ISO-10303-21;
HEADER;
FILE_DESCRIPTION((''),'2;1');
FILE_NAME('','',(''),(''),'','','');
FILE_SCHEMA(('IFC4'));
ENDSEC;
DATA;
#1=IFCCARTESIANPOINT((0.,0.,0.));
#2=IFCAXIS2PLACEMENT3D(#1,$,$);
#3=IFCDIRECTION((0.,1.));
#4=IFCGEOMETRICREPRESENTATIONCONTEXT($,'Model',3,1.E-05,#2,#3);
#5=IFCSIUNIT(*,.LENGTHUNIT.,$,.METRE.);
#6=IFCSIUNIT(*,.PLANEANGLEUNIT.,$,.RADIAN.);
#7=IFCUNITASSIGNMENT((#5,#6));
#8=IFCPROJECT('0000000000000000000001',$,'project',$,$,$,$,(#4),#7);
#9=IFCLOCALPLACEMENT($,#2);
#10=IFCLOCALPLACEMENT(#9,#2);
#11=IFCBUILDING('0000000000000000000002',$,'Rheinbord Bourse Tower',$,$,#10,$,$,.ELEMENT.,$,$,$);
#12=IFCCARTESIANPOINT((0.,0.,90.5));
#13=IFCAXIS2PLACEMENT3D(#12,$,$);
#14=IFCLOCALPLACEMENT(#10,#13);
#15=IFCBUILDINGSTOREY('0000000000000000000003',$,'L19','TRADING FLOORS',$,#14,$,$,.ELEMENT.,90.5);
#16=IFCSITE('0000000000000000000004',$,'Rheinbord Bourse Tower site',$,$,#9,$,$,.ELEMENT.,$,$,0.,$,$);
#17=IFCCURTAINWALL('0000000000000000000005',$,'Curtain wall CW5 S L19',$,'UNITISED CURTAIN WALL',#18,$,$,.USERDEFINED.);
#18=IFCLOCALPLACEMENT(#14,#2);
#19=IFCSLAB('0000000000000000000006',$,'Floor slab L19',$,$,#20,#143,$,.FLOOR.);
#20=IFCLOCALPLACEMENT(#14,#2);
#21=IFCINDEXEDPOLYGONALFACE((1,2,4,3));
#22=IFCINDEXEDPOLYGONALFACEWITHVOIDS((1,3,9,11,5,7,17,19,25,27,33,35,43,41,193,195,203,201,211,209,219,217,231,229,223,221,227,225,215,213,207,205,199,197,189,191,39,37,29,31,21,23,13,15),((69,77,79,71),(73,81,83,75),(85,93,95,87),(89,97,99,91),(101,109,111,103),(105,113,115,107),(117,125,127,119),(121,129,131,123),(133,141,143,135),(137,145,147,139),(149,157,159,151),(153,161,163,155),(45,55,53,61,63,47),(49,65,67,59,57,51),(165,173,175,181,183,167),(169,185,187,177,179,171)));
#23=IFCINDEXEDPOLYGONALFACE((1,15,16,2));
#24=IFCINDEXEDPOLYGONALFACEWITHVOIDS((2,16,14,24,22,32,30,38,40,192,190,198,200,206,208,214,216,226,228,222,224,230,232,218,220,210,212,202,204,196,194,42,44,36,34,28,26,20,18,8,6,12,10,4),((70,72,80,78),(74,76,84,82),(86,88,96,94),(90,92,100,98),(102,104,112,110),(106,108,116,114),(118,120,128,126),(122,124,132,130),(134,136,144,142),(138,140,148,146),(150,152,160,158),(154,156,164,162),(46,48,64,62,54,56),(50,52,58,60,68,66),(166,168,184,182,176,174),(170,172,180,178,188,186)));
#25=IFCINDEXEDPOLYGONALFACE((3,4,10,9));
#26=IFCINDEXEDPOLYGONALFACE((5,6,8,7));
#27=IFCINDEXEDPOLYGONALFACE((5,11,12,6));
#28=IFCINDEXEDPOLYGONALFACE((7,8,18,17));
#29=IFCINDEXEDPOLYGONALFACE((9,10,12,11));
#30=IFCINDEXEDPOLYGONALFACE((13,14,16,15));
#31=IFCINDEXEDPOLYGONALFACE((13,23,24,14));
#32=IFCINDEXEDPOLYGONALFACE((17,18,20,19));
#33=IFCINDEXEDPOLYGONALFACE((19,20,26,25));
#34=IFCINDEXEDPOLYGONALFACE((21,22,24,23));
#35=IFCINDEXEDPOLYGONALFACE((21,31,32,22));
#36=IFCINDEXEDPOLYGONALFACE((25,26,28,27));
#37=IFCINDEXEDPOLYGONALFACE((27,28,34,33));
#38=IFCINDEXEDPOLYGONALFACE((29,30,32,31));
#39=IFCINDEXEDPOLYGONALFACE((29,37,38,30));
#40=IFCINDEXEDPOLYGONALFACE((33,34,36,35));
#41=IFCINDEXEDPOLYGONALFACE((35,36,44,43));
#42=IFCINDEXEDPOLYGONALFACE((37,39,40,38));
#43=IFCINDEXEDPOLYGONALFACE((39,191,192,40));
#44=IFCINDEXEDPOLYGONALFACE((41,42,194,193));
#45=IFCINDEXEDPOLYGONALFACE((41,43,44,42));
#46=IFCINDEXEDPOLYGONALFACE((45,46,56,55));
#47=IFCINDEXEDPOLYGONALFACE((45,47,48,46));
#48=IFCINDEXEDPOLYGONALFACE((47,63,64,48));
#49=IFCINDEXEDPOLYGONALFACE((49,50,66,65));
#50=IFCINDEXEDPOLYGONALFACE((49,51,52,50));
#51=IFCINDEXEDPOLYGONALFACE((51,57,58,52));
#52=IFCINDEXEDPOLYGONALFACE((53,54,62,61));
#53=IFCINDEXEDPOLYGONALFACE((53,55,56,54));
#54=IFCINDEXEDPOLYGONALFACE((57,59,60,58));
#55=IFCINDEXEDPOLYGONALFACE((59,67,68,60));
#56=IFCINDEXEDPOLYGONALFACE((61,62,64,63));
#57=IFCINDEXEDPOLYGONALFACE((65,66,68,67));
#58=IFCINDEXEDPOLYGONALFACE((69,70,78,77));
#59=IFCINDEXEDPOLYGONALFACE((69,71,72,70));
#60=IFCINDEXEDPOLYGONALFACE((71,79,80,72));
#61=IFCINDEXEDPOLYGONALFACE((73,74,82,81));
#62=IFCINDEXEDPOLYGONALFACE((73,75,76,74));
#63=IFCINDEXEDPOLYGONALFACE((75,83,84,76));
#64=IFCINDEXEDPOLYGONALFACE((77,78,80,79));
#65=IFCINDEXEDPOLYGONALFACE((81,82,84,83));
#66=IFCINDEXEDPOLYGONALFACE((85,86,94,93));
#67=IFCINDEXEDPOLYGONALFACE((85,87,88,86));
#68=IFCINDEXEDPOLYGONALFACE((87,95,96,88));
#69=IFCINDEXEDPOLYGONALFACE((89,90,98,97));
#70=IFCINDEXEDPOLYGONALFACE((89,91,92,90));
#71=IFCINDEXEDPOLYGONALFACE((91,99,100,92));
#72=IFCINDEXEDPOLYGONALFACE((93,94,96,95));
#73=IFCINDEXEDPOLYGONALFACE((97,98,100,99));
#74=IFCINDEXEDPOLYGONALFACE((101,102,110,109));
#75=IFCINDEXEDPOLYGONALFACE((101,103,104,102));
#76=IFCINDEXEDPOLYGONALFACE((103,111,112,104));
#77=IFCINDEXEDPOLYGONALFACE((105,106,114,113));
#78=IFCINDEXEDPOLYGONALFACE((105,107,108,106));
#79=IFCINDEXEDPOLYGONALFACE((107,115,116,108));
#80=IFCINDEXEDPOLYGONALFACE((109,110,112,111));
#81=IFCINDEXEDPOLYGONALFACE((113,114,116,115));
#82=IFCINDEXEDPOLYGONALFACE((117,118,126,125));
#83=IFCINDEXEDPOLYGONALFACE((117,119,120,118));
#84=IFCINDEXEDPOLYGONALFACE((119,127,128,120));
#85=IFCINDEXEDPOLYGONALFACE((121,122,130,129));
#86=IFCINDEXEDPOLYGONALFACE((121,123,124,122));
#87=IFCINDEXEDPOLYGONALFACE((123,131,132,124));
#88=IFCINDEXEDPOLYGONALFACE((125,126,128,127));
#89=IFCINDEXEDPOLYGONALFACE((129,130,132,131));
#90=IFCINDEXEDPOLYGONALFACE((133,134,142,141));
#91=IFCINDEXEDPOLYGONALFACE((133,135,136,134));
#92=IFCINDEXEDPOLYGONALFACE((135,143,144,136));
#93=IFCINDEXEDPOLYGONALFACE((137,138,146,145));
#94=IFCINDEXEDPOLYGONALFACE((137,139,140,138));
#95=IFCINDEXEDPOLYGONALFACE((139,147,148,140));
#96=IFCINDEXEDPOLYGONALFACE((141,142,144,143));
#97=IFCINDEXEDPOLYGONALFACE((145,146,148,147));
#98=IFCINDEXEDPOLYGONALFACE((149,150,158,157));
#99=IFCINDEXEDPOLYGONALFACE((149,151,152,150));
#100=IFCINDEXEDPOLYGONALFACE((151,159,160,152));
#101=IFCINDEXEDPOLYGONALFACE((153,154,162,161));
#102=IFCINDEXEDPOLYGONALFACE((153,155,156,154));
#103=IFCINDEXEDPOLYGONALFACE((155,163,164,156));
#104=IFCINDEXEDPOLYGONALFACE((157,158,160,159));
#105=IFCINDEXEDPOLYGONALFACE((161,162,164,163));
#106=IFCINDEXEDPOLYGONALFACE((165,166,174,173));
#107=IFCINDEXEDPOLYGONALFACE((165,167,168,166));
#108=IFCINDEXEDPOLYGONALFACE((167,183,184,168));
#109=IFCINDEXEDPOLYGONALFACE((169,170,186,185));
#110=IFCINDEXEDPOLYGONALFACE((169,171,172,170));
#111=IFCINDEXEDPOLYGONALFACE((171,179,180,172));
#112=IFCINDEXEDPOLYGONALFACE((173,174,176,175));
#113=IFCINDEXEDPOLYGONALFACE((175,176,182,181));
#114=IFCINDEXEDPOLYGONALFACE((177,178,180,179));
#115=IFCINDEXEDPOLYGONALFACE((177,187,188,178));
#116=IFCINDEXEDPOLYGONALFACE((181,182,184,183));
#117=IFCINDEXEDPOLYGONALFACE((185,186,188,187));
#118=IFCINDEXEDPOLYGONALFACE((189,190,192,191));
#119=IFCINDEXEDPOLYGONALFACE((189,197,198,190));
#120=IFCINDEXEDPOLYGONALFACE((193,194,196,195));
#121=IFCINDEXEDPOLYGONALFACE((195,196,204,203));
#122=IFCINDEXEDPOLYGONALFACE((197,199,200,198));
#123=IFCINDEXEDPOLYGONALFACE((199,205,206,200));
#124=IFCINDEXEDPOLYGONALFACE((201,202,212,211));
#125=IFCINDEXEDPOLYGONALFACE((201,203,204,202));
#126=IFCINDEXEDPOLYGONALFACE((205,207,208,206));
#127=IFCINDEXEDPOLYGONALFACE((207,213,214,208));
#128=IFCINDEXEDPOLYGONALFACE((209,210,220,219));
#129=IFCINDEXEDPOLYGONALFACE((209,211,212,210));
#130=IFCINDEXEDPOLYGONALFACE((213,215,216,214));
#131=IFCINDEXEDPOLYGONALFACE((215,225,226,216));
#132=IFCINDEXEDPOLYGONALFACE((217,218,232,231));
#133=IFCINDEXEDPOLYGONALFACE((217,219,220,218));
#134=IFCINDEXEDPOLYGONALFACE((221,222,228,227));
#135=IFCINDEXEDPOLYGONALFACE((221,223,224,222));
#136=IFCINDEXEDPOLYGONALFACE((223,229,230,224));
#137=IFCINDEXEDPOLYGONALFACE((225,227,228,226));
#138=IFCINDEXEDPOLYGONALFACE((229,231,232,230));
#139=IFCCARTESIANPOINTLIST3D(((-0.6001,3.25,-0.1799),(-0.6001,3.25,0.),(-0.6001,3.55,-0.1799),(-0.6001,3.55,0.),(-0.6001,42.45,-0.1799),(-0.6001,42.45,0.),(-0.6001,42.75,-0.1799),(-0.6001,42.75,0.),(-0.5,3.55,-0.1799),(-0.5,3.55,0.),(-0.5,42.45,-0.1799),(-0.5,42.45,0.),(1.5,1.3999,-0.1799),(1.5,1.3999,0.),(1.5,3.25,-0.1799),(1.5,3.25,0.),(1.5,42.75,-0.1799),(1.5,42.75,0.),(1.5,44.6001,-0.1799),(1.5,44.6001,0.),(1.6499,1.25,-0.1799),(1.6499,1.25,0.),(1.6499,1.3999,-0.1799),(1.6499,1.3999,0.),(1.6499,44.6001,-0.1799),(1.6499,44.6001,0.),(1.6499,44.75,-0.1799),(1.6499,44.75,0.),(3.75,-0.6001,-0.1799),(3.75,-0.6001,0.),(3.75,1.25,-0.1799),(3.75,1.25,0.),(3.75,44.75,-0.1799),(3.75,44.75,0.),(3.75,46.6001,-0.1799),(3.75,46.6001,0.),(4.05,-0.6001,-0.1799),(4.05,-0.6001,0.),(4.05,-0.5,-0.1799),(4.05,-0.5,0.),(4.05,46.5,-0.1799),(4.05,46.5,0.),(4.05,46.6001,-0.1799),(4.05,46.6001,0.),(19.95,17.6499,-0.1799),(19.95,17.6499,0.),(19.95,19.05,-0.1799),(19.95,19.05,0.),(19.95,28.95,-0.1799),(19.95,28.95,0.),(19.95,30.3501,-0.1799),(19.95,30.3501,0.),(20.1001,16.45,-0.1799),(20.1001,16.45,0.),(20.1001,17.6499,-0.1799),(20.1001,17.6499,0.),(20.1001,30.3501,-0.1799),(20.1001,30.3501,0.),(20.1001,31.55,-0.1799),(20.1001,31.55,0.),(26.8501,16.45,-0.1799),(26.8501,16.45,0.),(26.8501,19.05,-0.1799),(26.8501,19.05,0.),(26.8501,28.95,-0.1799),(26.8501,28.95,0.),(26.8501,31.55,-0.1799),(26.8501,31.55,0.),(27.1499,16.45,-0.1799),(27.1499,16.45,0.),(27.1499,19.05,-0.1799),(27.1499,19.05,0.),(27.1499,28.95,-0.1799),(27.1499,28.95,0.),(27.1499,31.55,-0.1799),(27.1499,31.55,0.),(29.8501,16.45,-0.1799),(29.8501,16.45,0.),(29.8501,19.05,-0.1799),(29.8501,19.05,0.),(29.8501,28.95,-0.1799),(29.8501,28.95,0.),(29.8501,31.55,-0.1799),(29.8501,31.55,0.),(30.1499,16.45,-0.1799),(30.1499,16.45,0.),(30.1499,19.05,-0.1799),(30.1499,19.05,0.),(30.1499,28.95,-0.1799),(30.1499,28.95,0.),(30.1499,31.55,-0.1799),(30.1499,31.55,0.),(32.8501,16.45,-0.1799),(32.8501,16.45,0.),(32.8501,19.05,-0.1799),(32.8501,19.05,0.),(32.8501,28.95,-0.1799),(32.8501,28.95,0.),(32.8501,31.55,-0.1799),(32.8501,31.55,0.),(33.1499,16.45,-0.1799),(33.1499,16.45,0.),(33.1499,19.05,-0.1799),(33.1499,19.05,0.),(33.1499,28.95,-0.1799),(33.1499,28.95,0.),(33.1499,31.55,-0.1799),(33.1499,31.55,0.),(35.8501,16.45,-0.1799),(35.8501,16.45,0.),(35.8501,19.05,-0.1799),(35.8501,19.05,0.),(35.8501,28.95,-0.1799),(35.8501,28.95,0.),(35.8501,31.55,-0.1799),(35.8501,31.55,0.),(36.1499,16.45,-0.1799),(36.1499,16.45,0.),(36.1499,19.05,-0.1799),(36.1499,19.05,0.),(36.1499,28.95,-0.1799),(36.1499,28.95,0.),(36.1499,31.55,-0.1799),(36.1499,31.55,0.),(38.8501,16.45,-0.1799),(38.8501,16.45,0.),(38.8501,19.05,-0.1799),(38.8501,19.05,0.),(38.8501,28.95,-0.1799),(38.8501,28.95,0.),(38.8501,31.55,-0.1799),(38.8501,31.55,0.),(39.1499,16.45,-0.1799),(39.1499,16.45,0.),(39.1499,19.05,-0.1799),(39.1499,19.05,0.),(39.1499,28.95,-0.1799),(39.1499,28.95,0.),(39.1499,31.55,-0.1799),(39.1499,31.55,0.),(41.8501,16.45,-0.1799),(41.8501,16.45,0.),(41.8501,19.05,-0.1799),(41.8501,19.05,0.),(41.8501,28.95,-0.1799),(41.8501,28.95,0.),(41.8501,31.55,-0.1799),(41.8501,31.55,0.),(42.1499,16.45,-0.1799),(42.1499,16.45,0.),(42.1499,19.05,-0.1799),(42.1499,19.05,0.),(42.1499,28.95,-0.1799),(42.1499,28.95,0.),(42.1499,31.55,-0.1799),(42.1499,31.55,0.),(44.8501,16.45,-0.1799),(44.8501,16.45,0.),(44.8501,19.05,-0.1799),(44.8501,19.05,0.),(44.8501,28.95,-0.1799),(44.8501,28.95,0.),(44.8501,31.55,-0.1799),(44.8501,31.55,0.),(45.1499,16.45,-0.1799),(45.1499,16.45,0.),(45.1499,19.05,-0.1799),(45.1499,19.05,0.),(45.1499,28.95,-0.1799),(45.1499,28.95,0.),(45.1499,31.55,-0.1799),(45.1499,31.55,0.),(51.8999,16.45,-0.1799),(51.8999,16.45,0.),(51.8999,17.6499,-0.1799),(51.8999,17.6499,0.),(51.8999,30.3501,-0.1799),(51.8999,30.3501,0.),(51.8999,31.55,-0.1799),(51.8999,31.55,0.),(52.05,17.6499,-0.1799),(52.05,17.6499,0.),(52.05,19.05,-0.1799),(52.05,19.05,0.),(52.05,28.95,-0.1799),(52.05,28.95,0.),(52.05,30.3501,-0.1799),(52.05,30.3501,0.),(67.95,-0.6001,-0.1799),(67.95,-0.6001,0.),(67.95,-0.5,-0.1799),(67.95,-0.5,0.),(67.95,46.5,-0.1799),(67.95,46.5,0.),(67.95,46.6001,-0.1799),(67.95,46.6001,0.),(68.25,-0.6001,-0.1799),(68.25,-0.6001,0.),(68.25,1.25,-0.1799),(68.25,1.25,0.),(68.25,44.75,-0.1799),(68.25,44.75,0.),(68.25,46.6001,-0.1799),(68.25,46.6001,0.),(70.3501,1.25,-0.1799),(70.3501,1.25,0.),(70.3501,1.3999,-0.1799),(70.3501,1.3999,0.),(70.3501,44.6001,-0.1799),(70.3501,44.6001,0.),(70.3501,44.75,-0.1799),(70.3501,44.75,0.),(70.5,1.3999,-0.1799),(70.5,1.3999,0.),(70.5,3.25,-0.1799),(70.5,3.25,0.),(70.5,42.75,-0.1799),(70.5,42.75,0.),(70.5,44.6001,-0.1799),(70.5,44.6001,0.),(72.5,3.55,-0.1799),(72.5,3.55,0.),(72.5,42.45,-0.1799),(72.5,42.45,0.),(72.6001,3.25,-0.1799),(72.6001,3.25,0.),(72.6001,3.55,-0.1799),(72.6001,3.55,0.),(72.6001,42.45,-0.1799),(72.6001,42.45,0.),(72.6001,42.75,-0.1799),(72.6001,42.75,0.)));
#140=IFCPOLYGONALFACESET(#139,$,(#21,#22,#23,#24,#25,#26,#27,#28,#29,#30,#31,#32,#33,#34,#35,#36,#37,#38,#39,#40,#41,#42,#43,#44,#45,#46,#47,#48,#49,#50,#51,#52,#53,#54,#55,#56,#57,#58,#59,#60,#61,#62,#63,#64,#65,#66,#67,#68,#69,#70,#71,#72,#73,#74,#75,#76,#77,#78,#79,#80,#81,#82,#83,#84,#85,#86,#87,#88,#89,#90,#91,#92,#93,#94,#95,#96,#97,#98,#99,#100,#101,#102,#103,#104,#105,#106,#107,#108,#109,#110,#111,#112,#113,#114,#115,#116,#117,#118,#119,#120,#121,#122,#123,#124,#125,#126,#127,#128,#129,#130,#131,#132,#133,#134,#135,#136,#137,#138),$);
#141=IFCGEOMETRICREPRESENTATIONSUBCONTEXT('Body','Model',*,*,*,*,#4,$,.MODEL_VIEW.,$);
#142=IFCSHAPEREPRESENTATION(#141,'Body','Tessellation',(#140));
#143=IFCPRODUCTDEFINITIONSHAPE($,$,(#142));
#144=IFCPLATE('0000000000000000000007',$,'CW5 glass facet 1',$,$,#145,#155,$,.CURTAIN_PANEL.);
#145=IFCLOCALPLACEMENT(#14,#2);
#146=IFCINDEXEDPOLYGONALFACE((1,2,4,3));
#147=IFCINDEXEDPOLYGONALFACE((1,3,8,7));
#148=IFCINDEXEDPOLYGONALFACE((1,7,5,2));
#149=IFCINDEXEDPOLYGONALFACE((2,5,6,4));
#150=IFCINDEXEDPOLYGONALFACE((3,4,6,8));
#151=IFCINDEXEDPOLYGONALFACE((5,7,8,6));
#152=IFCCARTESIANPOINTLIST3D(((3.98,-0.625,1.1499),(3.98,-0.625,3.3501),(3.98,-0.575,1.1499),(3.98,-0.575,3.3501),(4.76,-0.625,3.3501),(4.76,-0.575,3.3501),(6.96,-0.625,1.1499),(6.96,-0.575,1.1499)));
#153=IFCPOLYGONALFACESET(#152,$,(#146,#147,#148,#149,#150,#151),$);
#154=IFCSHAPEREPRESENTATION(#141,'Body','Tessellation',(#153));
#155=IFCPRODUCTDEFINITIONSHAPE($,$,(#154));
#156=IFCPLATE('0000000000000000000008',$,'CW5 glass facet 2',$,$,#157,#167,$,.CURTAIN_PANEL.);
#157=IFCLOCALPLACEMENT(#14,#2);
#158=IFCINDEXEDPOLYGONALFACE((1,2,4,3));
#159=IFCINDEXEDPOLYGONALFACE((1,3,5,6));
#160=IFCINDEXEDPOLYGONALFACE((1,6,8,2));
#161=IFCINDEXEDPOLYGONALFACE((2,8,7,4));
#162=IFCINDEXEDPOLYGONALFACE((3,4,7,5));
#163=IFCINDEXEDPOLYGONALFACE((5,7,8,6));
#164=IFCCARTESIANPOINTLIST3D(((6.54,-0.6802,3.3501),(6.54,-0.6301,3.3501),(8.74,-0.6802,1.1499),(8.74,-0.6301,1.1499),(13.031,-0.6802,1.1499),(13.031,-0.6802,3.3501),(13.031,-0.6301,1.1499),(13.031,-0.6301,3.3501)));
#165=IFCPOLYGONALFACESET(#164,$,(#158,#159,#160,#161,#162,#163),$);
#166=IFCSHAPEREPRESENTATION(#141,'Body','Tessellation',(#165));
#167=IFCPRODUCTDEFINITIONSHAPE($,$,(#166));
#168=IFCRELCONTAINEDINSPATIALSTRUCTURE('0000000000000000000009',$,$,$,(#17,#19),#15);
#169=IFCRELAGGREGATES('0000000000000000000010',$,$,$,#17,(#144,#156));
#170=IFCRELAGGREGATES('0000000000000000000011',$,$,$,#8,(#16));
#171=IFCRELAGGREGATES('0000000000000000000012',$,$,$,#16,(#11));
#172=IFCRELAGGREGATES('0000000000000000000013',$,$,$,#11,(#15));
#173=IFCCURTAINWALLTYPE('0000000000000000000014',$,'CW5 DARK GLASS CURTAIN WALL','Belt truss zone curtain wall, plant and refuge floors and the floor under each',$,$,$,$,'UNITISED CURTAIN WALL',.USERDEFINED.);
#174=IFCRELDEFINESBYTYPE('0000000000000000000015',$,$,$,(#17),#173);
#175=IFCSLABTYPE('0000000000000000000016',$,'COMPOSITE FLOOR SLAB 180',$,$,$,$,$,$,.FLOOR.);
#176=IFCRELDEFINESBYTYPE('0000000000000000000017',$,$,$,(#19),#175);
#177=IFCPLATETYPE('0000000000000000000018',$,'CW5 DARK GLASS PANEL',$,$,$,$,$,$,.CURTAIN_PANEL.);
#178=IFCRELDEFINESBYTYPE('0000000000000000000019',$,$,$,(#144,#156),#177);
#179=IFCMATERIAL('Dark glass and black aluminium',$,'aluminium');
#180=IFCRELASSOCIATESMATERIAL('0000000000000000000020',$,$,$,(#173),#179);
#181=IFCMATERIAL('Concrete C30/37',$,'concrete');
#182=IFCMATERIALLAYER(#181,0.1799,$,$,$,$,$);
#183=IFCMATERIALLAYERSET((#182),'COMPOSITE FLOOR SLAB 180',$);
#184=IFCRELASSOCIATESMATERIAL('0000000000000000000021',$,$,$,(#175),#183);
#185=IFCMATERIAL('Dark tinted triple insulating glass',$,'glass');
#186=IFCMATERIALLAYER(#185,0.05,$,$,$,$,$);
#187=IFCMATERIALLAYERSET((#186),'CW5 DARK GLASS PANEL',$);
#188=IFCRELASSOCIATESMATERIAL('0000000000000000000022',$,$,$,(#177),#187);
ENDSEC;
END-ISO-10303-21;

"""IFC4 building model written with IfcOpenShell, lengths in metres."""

from ifc_helpers import new_model, si_unit, direction, frame, origin, place, context, subcontext, project, spatial, polyline, outline, extrude, material, layer, layer_set, type_object, element, aggregate, save


model = new_model("IFC4")

# Units and contexts
model_context = context("Model", 3, precision=1e-05, world=origin(), true_north=direction((0.0, 1.0)))
body_context = subcontext(model_context, "Body", "Model", "MODEL_VIEW")
ifc_project = project(units=[si_unit("LENGTHUNIT", "METRE"), si_unit("PLANEANGLEUNIT", "RADIAN")], contexts=[model_context])

# Site, building, storey
site_placement = place(None, origin())
site = spatial("IfcSite", under=ifc_project, at=site_placement, Name="Rheinbord Bourse Tower site", CompositionType="ELEMENT", RefElevation=0.0)
building_placement = place(site_placement, origin())
building = spatial("IfcBuilding", under=site, at=building_placement, Name="Rheinbord Bourse Tower", CompositionType="ELEMENT")
storey_placement = place(building_placement, frame((0.0, 0.0, 90.5)))
storey = spatial("IfcBuildingStorey", under=building, at=storey_placement, Name="L19", Description="TRADING FLOORS", CompositionType="ELEMENT", Elevation=90.5)

# Curtain wall
ifc_material_1 = material(Name="Dark glass and black aluminium", Category="aluminium")
curtain_wall_type = type_object("IfcCurtainWallType", Name="CW5 DARK GLASS CURTAIN WALL", Description="Belt truss zone curtain wall, plant and refuge floors and the floor under each", ElementType="UNITISED CURTAIN WALL", PredefinedType="USERDEFINED", material=ifc_material_1)
curtain_wall_1_placement = place(storey_placement, origin())
curtain_wall_1 = element("IfcCurtainWall", 1, at=curtain_wall_1_placement, inside=storey, type_object=curtain_wall_type, Name="Curtain wall CW5 S L19", ObjectType="UNITISED CURTAIN WALL", PredefinedType="USERDEFINED")

# Slab
ifc_material_2 = material(Name="Concrete C30/37", Category="concrete")
ifc_layer_1 = layer(ifc_material_2, 0.1799)
ifc_layer_set_1 = layer_set([ifc_layer_1], Name="COMPOSITE FLOOR SLAB 180")
slab_type_1 = type_object("IfcSlabType", Name="COMPOSITE FLOOR SLAB 180", PredefinedType="FLOOR", material=ifc_layer_set_1)
slab_1_placement = place(storey_placement, frame((0.0, 0.0, -0.1799)))
element("IfcSlab", 2, at=slab_1_placement, inside=storey, type_object=slab_type_1, Name="Floor slab L19", PredefinedType="FLOOR", context=body_context, shape_type="SweptSolid", body=[
    extrude(outline(polyline([(1.6499, 1.3999), (1.5, 1.3999), (1.5, 3.25), (-0.6001, 3.25), (-0.6001, 3.55), (-0.5, 3.55), (-0.5, 42.45), (-0.6001, 42.45), (-0.6001, 42.75), (1.5, 42.75), (1.5, 44.6001), (1.6499, 44.6001), (1.6499, 44.75), (3.75, 44.75), (3.75, 46.6001), (4.05, 46.6001), (4.05, 46.5), (67.95, 46.5), (67.95, 46.6001), (68.25, 46.6001), (68.25, 44.75), (70.3501, 44.75), (70.3501, 44.6001), (70.5, 44.6001), (70.5, 42.75), (72.6001, 42.75), (72.6001, 42.45), (72.5, 42.45), (72.5, 3.55), (72.6001, 3.55), (72.6001, 3.25), (70.5, 3.25), (70.5, 1.3999), (70.3501, 1.3999), (70.3501, 1.25), (68.25, 1.25), (68.25, -0.6001), (67.95, -0.6001), (67.95, -0.5), (4.05, -0.5), (4.05, -0.6001), (3.75, -0.6001), (3.75, 1.25), (1.6499, 1.25), (1.6499, 1.3999)]), holes=[polyline([(19.95, 19.05), (26.8501, 19.05), (26.8501, 16.45), (20.1001, 16.45), (20.1001, 17.6499), (19.95, 17.6499), (19.95, 19.05)]), polyline([(26.8501, 31.55), (26.8501, 28.95), (19.95, 28.95), (19.95, 30.3501), (20.1001, 30.3501), (20.1001, 31.55), (26.8501, 31.55)]), polyline([(45.1499, 16.45), (45.1499, 19.05), (52.05, 19.05), (52.05, 17.6499), (51.8999, 17.6499), (51.8999, 16.45), (45.1499, 16.45)]), polyline([(52.05, 28.95), (45.1499, 28.95), (45.1499, 31.55), (51.8999, 31.55), (51.8999, 30.3501), (52.05, 30.3501), (52.05, 28.95)]), polyline([(27.1499, 16.45), (27.1499, 19.05), (29.8501, 19.05), (29.8501, 16.45), (27.1499, 16.45)]), polyline([(27.1499, 28.95), (27.1499, 31.55), (29.8501, 31.55), (29.8501, 28.95), (27.1499, 28.95)]), polyline([(30.1499, 16.45), (30.1499, 19.05), (32.8501, 19.05), (32.8501, 16.45), (30.1499, 16.45)]), polyline([(30.1499, 28.95), (30.1499, 31.55), (32.8501, 31.55), (32.8501, 28.95), (30.1499, 28.95)]), polyline([(33.1499, 16.45), (33.1499, 19.05), (35.8501, 19.05), (35.8501, 16.45), (33.1499, 16.45)]), polyline([(33.1499, 28.95), (33.1499, 31.55), (35.8501, 31.55), (35.8501, 28.95), (33.1499, 28.95)]), polyline([(36.1499, 16.45), (36.1499, 19.05), (38.8501, 19.05), (38.8501, 16.45), (36.1499, 16.45)]), polyline([(36.1499, 28.95), (36.1499, 31.55), (38.8501, 31.55), (38.8501, 28.95), (36.1499, 28.95)]), polyline([(39.1499, 16.45), (39.1499, 19.05), (41.8501, 19.05), (41.8501, 16.45), (39.1499, 16.45)]), polyline([(39.1499, 28.95), (39.1499, 31.55), (41.8501, 31.55), (41.8501, 28.95), (39.1499, 28.95)]), polyline([(42.1499, 16.45), (42.1499, 19.05), (44.8501, 19.05), (44.8501, 16.45), (42.1499, 16.45)]), polyline([(42.1499, 28.95), (42.1499, 31.55), (44.8501, 31.55), (44.8501, 28.95), (42.1499, 28.95)])]), origin(), (0.0, 0.0, 1.0), 0.1799),
])

# Plates
ifc_material_3 = material(Name="Dark tinted triple insulating glass", Category="glass")
ifc_layer_2 = layer(ifc_material_3, 0.05)
ifc_layer_set_2 = layer_set([ifc_layer_2], Name="CW5 DARK GLASS PANEL")
plate_type = type_object("IfcPlateType", Name="CW5 DARK GLASS PANEL", PredefinedType="CURTAIN_PANEL", material=ifc_layer_set_2)
plate_1_placement = place(storey_placement, frame((3.98, -0.625, 1.1499), z_axis=(0.0, 1.0, 0.0), x_axis=(0.0, 0.0, 1.0)))
plate_1 = element("IfcPlate", 3, at=plate_1_placement, type_object=plate_type, Name="CW5 glass facet 1", PredefinedType="CURTAIN_PANEL", context=body_context, shape_type="SweptSolid", body=[
    extrude(outline(polyline([(0.0, 0.0), (2.2002, 0.0), (2.2002, 0.78), (0.0, 2.98), (0.0, 0.0)])), origin(), (0.0, 0.0, 1.0), 0.05),
])
plate_2_placement = place(storey_placement, frame((13.031, -0.6802, 3.3501), z_axis=(0.0, 1.0, 0.0), x_axis=(0.0, 0.0, -1.0)))
plate_2 = element("IfcPlate", 4, at=plate_2_placement, type_object=plate_type, Name="CW5 glass facet 2", PredefinedType="CURTAIN_PANEL", context=body_context, shape_type="SweptSolid", body=[
    extrude(outline(polyline([(0.0, 0.0), (2.2002, 0.0), (2.2002, 4.291), (0.0, 6.491), (0.0, 0.0)])), origin(), (0.0, 0.0, 1.0), 0.05),
])
aggregate(curtain_wall_1, [plate_1, plate_2])

save(model, "model.ifc")
